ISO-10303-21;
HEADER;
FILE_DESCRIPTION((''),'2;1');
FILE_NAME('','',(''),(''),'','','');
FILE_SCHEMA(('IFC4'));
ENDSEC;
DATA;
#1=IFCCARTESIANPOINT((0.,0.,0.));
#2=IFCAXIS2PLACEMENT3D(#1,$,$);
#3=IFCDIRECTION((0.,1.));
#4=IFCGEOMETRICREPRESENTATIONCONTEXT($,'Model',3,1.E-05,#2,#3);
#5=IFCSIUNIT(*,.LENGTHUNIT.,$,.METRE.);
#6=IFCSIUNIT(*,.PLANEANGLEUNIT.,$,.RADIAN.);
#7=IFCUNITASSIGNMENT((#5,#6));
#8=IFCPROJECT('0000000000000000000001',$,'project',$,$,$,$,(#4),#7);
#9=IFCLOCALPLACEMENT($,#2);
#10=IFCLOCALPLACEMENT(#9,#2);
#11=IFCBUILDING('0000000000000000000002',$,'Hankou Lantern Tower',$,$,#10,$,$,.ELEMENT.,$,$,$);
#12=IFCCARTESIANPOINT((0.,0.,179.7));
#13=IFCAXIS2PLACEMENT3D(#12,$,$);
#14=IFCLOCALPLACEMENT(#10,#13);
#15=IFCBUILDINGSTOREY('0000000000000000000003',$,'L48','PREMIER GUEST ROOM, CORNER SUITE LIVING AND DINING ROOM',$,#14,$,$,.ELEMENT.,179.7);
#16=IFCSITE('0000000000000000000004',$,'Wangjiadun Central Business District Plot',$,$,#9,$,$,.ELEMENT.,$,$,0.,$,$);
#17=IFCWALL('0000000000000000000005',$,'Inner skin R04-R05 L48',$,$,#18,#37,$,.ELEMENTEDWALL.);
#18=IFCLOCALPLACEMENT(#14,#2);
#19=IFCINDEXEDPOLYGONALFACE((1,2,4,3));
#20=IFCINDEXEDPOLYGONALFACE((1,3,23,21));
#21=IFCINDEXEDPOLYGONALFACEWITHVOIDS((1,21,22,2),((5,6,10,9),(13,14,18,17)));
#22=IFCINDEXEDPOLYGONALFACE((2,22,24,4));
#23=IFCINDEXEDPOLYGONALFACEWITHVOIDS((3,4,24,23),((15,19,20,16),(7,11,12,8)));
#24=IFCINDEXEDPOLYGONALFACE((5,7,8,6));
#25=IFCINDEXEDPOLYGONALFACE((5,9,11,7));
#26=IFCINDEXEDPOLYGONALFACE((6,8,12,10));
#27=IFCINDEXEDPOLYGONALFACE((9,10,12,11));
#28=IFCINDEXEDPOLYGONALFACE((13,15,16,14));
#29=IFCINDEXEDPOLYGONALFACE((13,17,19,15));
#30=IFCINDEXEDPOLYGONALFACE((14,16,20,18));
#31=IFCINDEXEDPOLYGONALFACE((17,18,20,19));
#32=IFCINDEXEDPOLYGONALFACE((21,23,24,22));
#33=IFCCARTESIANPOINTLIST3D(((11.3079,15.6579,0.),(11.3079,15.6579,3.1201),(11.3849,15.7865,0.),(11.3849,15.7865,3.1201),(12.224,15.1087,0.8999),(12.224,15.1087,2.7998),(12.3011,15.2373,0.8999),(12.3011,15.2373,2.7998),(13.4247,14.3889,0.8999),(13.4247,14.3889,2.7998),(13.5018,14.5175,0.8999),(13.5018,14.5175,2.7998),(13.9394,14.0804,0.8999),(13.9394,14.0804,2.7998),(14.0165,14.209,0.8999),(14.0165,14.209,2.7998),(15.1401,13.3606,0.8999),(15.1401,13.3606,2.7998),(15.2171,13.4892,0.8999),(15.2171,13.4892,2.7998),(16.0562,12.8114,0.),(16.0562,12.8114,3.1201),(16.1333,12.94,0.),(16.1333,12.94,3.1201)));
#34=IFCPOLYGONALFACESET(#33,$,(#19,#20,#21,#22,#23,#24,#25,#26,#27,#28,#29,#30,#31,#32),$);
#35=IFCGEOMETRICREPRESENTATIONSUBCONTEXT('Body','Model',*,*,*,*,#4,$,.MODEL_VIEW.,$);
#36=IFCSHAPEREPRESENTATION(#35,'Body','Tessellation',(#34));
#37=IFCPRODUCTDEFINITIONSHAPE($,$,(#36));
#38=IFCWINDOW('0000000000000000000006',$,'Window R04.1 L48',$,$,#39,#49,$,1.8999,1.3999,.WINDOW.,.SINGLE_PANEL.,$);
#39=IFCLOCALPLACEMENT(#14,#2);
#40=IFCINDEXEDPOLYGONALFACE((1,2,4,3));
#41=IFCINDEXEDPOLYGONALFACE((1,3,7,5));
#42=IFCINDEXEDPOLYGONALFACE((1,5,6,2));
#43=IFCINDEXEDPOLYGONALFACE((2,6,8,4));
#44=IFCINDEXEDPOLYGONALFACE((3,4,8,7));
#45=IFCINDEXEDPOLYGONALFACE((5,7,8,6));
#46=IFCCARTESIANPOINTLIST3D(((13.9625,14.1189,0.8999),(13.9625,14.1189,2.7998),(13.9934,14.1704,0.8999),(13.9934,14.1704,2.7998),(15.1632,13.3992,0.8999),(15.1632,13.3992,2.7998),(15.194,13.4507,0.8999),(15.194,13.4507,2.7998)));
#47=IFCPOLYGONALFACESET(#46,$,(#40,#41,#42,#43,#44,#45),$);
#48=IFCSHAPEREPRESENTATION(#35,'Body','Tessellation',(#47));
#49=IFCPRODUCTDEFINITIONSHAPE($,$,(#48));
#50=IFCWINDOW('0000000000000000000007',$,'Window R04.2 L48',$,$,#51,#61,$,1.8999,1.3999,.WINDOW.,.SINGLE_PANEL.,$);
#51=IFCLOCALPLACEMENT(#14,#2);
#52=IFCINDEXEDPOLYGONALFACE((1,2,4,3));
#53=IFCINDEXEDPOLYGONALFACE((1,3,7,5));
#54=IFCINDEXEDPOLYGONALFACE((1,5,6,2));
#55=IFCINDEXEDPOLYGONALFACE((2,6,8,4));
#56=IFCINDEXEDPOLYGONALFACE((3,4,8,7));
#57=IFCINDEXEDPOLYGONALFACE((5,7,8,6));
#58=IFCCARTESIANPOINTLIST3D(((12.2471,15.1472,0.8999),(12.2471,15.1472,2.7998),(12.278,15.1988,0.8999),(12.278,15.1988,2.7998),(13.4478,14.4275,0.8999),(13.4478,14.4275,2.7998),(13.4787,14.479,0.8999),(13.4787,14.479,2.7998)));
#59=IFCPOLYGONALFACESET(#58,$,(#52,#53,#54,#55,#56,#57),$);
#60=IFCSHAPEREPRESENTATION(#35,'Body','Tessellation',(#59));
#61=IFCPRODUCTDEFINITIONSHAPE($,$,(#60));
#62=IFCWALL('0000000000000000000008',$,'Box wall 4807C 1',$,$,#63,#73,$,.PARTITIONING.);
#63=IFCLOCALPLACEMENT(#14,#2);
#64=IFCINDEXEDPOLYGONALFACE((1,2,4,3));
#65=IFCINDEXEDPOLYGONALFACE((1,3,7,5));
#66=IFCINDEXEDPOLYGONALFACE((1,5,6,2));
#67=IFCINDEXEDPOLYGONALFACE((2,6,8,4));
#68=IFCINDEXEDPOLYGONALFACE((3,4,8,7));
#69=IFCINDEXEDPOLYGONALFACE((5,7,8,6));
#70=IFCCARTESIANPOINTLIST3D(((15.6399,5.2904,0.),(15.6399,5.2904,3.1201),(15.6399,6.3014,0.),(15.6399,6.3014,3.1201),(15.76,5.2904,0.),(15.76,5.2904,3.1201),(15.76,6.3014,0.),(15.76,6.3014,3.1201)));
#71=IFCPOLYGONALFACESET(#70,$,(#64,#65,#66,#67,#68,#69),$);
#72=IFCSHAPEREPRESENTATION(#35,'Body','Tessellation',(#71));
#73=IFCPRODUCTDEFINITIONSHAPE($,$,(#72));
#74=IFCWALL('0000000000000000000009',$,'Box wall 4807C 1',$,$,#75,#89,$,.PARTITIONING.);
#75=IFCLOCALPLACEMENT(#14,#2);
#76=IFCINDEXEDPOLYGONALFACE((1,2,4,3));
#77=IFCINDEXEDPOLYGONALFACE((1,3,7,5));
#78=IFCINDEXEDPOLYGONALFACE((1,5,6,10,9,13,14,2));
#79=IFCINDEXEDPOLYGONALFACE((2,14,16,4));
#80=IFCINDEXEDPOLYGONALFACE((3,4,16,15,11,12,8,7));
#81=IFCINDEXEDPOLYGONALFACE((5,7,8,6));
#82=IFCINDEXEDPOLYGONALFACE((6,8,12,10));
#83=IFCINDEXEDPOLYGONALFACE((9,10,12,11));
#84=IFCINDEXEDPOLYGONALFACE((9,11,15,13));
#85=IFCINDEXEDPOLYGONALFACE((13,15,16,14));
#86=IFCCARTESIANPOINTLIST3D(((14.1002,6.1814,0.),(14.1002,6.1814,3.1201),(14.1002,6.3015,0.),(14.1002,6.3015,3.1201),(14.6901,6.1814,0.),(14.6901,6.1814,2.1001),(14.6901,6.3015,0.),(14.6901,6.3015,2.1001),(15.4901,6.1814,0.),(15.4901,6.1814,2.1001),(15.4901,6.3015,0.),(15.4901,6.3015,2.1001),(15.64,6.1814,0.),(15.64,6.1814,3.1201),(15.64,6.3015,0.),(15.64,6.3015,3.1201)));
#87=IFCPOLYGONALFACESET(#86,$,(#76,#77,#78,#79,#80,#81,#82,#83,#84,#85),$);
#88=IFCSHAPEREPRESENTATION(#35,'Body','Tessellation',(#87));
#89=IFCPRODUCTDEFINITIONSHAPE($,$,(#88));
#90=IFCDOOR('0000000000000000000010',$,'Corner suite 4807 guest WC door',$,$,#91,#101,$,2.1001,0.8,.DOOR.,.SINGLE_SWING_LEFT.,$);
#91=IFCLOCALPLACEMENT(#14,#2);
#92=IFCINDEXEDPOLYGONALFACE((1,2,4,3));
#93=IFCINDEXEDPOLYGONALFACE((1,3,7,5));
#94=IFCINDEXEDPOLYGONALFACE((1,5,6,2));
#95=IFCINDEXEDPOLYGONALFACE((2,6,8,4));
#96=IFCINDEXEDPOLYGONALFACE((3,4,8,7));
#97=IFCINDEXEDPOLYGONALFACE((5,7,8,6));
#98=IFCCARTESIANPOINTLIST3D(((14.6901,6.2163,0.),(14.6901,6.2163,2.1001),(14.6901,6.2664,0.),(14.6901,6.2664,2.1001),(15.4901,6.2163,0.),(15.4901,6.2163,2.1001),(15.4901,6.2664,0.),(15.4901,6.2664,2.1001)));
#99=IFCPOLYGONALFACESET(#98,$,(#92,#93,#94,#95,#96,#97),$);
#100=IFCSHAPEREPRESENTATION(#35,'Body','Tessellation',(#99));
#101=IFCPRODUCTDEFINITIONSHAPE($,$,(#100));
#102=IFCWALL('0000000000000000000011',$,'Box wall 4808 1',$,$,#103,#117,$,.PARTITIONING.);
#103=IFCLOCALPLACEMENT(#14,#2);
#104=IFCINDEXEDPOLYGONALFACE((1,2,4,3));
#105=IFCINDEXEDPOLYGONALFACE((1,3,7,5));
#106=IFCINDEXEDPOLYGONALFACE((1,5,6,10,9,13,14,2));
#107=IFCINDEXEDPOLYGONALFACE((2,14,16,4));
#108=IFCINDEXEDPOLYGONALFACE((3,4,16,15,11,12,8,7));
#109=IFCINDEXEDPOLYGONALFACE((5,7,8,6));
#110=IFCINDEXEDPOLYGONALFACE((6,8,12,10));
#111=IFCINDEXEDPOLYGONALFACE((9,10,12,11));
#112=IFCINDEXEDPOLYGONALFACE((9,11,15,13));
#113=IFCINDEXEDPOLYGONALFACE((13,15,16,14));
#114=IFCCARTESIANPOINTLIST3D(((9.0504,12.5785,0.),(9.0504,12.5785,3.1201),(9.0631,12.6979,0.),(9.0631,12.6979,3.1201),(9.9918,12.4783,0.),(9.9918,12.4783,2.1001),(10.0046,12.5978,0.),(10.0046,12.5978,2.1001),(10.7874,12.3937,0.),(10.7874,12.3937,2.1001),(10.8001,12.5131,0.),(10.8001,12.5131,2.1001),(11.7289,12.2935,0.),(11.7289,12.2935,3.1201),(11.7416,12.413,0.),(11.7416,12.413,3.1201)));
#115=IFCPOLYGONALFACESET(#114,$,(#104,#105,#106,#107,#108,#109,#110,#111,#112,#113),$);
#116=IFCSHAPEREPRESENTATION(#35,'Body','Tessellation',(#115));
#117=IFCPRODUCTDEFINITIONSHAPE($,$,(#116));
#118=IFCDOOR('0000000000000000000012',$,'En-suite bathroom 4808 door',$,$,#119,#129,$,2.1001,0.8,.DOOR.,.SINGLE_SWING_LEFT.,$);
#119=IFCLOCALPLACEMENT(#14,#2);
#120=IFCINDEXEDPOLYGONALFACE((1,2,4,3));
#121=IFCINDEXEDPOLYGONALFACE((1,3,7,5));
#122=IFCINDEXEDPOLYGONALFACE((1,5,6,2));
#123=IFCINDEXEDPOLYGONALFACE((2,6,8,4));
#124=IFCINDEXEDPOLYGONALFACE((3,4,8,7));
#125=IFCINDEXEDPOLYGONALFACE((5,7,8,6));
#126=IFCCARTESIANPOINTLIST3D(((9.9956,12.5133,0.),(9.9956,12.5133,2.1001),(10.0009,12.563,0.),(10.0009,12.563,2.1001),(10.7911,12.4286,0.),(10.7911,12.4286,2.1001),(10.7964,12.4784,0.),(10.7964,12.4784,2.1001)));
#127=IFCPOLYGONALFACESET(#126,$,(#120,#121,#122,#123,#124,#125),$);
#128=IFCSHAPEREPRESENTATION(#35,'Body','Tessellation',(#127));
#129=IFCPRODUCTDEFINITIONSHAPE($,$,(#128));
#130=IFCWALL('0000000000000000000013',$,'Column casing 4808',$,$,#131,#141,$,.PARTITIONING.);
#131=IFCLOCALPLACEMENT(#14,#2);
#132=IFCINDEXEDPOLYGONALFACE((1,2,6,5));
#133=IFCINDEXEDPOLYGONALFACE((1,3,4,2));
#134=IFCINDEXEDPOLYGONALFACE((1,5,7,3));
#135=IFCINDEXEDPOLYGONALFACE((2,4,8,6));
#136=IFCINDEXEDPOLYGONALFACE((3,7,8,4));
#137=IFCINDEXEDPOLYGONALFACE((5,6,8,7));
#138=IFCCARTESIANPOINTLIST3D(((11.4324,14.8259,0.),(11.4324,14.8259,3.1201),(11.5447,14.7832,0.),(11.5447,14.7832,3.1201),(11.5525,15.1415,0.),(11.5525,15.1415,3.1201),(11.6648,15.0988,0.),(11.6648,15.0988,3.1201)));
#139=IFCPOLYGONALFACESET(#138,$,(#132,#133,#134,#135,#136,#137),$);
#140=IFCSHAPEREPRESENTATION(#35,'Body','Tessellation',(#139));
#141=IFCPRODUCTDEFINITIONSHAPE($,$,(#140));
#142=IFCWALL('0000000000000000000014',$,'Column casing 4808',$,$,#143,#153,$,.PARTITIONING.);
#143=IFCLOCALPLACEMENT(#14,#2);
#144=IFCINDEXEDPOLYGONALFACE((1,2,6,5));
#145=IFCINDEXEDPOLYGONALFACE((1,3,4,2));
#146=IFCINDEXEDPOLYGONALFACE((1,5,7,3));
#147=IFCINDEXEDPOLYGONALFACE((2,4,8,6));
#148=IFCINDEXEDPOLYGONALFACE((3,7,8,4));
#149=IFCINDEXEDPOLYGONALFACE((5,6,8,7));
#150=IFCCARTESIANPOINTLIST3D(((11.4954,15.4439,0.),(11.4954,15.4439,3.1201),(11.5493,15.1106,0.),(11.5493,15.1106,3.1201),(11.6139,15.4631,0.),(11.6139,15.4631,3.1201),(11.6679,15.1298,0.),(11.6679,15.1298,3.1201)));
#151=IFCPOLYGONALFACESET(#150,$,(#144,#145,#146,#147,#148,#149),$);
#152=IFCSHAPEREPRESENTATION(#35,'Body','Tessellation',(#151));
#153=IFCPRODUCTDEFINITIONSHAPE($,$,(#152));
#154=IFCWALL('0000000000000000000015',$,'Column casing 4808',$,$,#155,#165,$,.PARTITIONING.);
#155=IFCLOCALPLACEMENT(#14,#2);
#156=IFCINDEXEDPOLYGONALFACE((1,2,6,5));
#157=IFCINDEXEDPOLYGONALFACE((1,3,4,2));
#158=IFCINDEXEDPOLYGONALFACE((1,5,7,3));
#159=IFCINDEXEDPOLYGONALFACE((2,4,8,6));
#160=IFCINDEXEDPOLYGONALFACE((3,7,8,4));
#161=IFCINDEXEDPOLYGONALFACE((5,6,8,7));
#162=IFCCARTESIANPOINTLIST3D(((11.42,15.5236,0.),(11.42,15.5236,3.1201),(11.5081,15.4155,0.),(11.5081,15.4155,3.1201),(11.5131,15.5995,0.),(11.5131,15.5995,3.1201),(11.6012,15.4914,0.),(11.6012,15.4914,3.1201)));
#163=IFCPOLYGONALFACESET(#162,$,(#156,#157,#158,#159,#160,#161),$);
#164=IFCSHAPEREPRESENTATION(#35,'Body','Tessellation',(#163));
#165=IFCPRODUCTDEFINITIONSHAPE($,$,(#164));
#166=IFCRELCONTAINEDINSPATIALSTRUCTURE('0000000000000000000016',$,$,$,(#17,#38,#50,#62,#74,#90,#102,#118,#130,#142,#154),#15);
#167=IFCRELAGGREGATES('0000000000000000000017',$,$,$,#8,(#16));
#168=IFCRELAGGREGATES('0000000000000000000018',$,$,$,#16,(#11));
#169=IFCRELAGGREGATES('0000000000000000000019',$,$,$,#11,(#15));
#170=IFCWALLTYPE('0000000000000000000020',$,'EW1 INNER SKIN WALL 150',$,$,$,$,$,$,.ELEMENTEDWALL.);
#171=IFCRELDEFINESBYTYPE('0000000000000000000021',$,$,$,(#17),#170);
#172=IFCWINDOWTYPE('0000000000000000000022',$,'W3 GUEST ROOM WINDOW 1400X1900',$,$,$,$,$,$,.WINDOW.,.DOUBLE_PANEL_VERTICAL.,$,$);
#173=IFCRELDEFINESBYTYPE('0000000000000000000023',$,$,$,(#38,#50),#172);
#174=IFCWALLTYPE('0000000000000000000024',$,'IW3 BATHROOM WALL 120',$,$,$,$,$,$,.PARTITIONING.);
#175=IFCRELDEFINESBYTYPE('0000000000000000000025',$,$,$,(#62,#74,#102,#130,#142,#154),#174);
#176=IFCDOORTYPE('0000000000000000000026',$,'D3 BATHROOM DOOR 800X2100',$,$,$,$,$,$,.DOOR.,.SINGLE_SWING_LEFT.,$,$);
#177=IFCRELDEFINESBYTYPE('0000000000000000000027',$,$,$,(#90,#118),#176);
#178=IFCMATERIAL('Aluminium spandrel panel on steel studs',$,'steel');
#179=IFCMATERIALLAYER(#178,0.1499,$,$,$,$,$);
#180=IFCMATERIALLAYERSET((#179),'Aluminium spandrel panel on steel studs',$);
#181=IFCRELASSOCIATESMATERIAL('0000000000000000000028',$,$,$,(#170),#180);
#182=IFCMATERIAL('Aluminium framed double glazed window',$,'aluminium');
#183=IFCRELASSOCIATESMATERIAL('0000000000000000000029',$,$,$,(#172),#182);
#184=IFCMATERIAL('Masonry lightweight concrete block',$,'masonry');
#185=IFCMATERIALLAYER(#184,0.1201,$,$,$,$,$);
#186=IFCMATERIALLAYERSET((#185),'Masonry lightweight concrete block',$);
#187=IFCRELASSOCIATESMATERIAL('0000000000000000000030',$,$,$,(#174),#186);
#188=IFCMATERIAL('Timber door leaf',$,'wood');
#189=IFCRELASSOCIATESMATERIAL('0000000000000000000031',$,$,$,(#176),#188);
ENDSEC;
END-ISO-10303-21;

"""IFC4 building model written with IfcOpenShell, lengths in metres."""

from ifc_helpers import new_model, si_unit, direction, frame, frame_2d, origin, place, context, subcontext, project, spatial, rectangle, extrude, material, layer, layer_set, type_object, element, fill, save


model = new_model("IFC4")

# Units and contexts
model_context = context("Model", 3, precision=1e-05, world=origin(), true_north=direction((0.0, 1.0)))
body_context = subcontext(model_context, "Body", "Model", "MODEL_VIEW")
ifc_project = project(units=[si_unit("LENGTHUNIT", "METRE"), si_unit("PLANEANGLEUNIT", "RADIAN")], contexts=[model_context])

# Site, building, storey
site_placement = place(None, origin())
site = spatial("IfcSite", under=ifc_project, at=site_placement, Name="Wangjiadun Central Business District Plot", CompositionType="ELEMENT", RefElevation=0.0)
building_placement = place(site_placement, origin())
building = spatial("IfcBuilding", under=site, at=building_placement, Name="Hankou Lantern Tower", CompositionType="ELEMENT")
storey_placement = place(building_placement, frame((0.0, 0.0, 179.7)))
storey = spatial("IfcBuildingStorey", under=building, at=storey_placement, Name="L48", Description="PREMIER GUEST ROOM, CORNER SUITE LIVING AND DINING ROOM", CompositionType="ELEMENT", Elevation=179.7)

# Wall, openings, windows
ifc_material_1 = material(Name="Aluminium spandrel panel on steel studs", Category="steel")
ifc_layer_1 = layer(ifc_material_1, 0.1499)
ifc_layer_set_1 = layer_set([ifc_layer_1], Name="Aluminium spandrel panel on steel studs")
wall_type_1 = type_object("IfcWallType", Name="EW1 INNER SKIN WALL 150", PredefinedType="ELEMENTEDWALL", material=ifc_layer_set_1)
ifc_material_2 = material(Name="Aluminium framed double glazed window", Category="aluminium")
window_type = type_object("IfcWindowType", Name="W3 GUEST ROOM WINDOW 1400X1900", PartitioningType="DOUBLE_PANEL_VERTICAL", PredefinedType="WINDOW", material=ifc_material_2)
wall_1_placement = place(storey_placement, frame((16.0947, 12.8757, 0.0), z_axis=(0.0, 0.0, 1.0), x_axis=(-0.857695, 0.514158, 0.0)))
wall_1 = element("IfcWall", 1, at=wall_1_placement, inside=storey, type_object=wall_type_1, Name="Inner skin R04-R05 L48", PredefinedType="ELEMENTEDWALL", context=body_context, shape_type="SweptSolid", body=[
    extrude(rectangle(XDim=5.5361, YDim=0.1499, at=frame_2d((2.7681, 0.0))), origin(), (0.0, 0.0, 1.0), 3.1201),
])
opening_1_placement = place(wall_1_placement, frame((1.0681, 0.0, 0.8999)))
opening_1 = element("IfcOpeningElement", 2, at=opening_1_placement, cuts=wall_1, PredefinedType="OPENING", context=body_context, shape_type="SweptSolid", body=[
    extrude(rectangle(XDim=1.3999, YDim=1.8999, at=frame_2d((0.7, 0.95))), frame((0.0, 0.085, 0.0), z_axis=(0.0, -1.0, 0.0), x_axis=(1.0, 0.0, 0.0)), (0.0, 0.0, 1.0), 0.1699),
])
opening_2_placement = place(wall_1_placement, frame((3.0681, 0.0, 0.8999)))
opening_2 = element("IfcOpeningElement", 3, at=opening_2_placement, cuts=wall_1, PredefinedType="OPENING", context=body_context, shape_type="SweptSolid", body=[
    extrude(rectangle(XDim=1.3999, YDim=1.8999, at=frame_2d((0.7, 0.95))), frame((0.0, 0.085, 0.0), z_axis=(0.0, -1.0, 0.0), x_axis=(1.0, 0.0, 0.0)), (0.0, 0.0, 1.0), 0.1699),
])
window_1_placement = place(opening_1_placement, origin())
window_1 = element("IfcWindow", 4, at=window_1_placement, inside=storey, type_object=window_type, Name="Window R04.1 L48", OverallHeight=1.8999, OverallWidth=1.3999, PartitioningType="SINGLE_PANEL", PredefinedType="WINDOW", context=body_context, shape_type="SweptSolid", body=[
    extrude(rectangle(XDim=1.3999, YDim=1.8999, at=frame_2d((0.7, 0.95))), frame((0.0, 0.03, 0.0), z_axis=(0.0, -1.0, 0.0), x_axis=(1.0, 0.0, 0.0)), (0.0, 0.0, 1.0), 0.0601),
])
fill(opening_1, window_1)
window_2_placement = place(opening_2_placement, origin())
window_2 = element("IfcWindow", 5, at=window_2_placement, inside=storey, type_object=window_type, Name="Window R04.2 L48", OverallHeight=1.8999, OverallWidth=1.3999, PartitioningType="SINGLE_PANEL", PredefinedType="WINDOW", context=body_context, shape_type="SweptSolid", body=[
    extrude(rectangle(XDim=1.3999, YDim=1.8999, at=frame_2d((0.7, 0.95))), frame((0.0, 0.03, 0.0), z_axis=(0.0, -1.0, 0.0), x_axis=(1.0, 0.0, 0.0)), (0.0, 0.0, 1.0), 0.0601),
])
fill(opening_2, window_2)

# Wall
ifc_material_3 = material(Name="Masonry lightweight concrete block", Category="masonry")
ifc_layer_2 = layer(ifc_material_3, 0.1201)
ifc_layer_set_2 = layer_set([ifc_layer_2], Name="Masonry lightweight concrete block")
wall_type_2 = type_object("IfcWallType", Name="IW3 BATHROOM WALL 120", PredefinedType="PARTITIONING", material=ifc_layer_set_2)
wall_2_placement = place(storey_placement, frame((15.7, 5.2905, 0.0), z_axis=(0.0, 0.0, 1.0), x_axis=(0.0, 1.0, 0.0)))
element("IfcWall", 6, at=wall_2_placement, inside=storey, type_object=wall_type_2, Name="Box wall 4807C 1", PredefinedType="PARTITIONING", context=body_context, shape_type="SweptSolid", body=[
    extrude(rectangle(XDim=1.011, YDim=0.1201, at=frame_2d((0.5054, 0.0))), origin(), (0.0, 0.0, 1.0), 3.1201),
])

# Walls, openings, doors
wall_3_placement = place(storey_placement, frame((14.1001, 6.2415, 0.0), z_axis=(0.0, 0.0, 1.0), x_axis=(1.0, 0.0, 0.0)))
wall_3 = element("IfcWall", 7, at=wall_3_placement, inside=storey, type_object=wall_type_2, Name="Box wall 4807C 1", PredefinedType="PARTITIONING", context=body_context, shape_type="SweptSolid", body=[
    extrude(rectangle(XDim=1.5398, YDim=0.1201, at=frame_2d((0.77, 0.0))), origin(), (0.0, 0.0, 1.0), 3.1201),
])
opening_3_placement = place(wall_3_placement, frame((0.5901, 0.0, 0.0)))
opening_3 = element("IfcOpeningElement", 8, at=opening_3_placement, cuts=wall_3, PredefinedType="OPENING", context=body_context, shape_type="SweptSolid", body=[
    extrude(rectangle(XDim=0.8, YDim=2.1001, at=frame_2d((0.3999, 1.05))), frame((0.0, 0.0701, 0.0), z_axis=(0.0, -1.0, 0.0), x_axis=(1.0, 0.0, 0.0)), (0.0, 0.0, 1.0), 0.1401),
])
ifc_material_4 = material(Name="Timber door leaf", Category="wood")
door_type = type_object("IfcDoorType", Name="D3 BATHROOM DOOR 800X2100", OperationType="SINGLE_SWING_LEFT", PredefinedType="DOOR", material=ifc_material_4)
door_1_placement = place(opening_3_placement, origin())
door_1 = element("IfcDoor", 9, at=door_1_placement, inside=storey, type_object=door_type, Name="Corner suite 4807 guest WC door", OperationType="SINGLE_SWING_LEFT", OverallHeight=2.1001, OverallWidth=0.8, PredefinedType="DOOR", context=body_context, shape_type="SweptSolid", body=[
    extrude(rectangle(XDim=0.8, YDim=2.1001, at=frame_2d((0.3999, 1.05))), frame((0.0, 0.0249, 0.0), z_axis=(0.0, -1.0, 0.0), x_axis=(1.0, 0.0, 0.0)), (0.0, 0.0, 1.0), 0.05),
])
fill(opening_3, door_1)
wall_4_placement = place(storey_placement, frame((11.7351, 12.3533, 0.0), z_axis=(0.0, 0.0, 1.0), x_axis=(-0.99439, 0.105775, 0.0)))
wall_4 = element("IfcWall", 10, at=wall_4_placement, inside=storey, type_object=wall_type_2, Name="Box wall 4808 1", PredefinedType="PARTITIONING", context=body_context, shape_type="SweptSolid", body=[
    extrude(rectangle(XDim=2.6936, YDim=0.1201, at=frame_2d((1.3467, 0.0))), origin(), (0.0, 0.0, 1.0), 3.1201),
])
opening_4_placement = place(wall_4_placement, frame((0.9468, 0.0, 0.0)))
opening_4 = element("IfcOpeningElement", 11, at=opening_4_placement, cuts=wall_4, PredefinedType="OPENING", context=body_context, shape_type="SweptSolid", body=[
    extrude(rectangle(XDim=0.8, YDim=2.1001, at=frame_2d((0.3999, 1.05))), frame((0.0, 0.0701, 0.0), z_axis=(0.0, -1.0, 0.0), x_axis=(1.0, 0.0, 0.0)), (0.0, 0.0, 1.0), 0.1401),
])
door_2_placement = place(opening_4_placement, origin())
door_2 = element("IfcDoor", 12, at=door_2_placement, inside=storey, type_object=door_type, Name="En-suite bathroom 4808 door", OperationType="SINGLE_SWING_LEFT", OverallHeight=2.1001, OverallWidth=0.8, PredefinedType="DOOR", context=body_context, shape_type="SweptSolid", body=[
    extrude(rectangle(XDim=0.8, YDim=2.1001, at=frame_2d((0.3999, 1.05))), frame((0.0, 0.0249, 0.0), z_axis=(0.0, -1.0, 0.0), x_axis=(1.0, 0.0, 0.0)), (0.0, 0.0, 1.0), 0.05),
])
fill(opening_4, door_2)

# Walls
for number, where, z_axis, x_axis, name in (
    (13, (11.4885, 14.8044, 0.0), (0.0, 0.0, 1.0), (0.355635, 0.934625, 0.0), "Column casing 4808"),
    (14, (11.6086, 15.1201, 0.0), (0.0, 0.0, 1.0), (-0.159824, 0.987146, 0.0), "Column casing 4808"),
):
    element("IfcWall", number, at=place(storey_placement, frame(where, z_axis=z_axis, x_axis=x_axis)), inside=storey, type_object=wall_type_2, Name=name, PredefinedType="PARTITIONING", context=body_context, shape_type="SweptSolid", body=[
        extrude(rectangle(XDim=0.3376, YDim=0.1201, at=frame_2d((0.1689, 0.0))), origin(), (0.0, 0.0, 1.0), 3.1201),
    ])
wall_5_placement = place(storey_placement, frame((11.5547, 15.4534, 0.0), z_axis=(0.0, 0.0, 1.0), x_axis=(-0.631712, 0.775203, 0.0)))
element("IfcWall", 15, at=wall_5_placement, inside=storey, type_object=wall_type_2, Name="Column casing 4808", PredefinedType="PARTITIONING", context=body_context, shape_type="SweptSolid", body=[
    extrude(rectangle(XDim=0.1394, YDim=0.1201, at=frame_2d((0.0698, 0.0))), origin(), (0.0, 0.0, 1.0), 3.1201),
])

save(model, "model.ifc")
